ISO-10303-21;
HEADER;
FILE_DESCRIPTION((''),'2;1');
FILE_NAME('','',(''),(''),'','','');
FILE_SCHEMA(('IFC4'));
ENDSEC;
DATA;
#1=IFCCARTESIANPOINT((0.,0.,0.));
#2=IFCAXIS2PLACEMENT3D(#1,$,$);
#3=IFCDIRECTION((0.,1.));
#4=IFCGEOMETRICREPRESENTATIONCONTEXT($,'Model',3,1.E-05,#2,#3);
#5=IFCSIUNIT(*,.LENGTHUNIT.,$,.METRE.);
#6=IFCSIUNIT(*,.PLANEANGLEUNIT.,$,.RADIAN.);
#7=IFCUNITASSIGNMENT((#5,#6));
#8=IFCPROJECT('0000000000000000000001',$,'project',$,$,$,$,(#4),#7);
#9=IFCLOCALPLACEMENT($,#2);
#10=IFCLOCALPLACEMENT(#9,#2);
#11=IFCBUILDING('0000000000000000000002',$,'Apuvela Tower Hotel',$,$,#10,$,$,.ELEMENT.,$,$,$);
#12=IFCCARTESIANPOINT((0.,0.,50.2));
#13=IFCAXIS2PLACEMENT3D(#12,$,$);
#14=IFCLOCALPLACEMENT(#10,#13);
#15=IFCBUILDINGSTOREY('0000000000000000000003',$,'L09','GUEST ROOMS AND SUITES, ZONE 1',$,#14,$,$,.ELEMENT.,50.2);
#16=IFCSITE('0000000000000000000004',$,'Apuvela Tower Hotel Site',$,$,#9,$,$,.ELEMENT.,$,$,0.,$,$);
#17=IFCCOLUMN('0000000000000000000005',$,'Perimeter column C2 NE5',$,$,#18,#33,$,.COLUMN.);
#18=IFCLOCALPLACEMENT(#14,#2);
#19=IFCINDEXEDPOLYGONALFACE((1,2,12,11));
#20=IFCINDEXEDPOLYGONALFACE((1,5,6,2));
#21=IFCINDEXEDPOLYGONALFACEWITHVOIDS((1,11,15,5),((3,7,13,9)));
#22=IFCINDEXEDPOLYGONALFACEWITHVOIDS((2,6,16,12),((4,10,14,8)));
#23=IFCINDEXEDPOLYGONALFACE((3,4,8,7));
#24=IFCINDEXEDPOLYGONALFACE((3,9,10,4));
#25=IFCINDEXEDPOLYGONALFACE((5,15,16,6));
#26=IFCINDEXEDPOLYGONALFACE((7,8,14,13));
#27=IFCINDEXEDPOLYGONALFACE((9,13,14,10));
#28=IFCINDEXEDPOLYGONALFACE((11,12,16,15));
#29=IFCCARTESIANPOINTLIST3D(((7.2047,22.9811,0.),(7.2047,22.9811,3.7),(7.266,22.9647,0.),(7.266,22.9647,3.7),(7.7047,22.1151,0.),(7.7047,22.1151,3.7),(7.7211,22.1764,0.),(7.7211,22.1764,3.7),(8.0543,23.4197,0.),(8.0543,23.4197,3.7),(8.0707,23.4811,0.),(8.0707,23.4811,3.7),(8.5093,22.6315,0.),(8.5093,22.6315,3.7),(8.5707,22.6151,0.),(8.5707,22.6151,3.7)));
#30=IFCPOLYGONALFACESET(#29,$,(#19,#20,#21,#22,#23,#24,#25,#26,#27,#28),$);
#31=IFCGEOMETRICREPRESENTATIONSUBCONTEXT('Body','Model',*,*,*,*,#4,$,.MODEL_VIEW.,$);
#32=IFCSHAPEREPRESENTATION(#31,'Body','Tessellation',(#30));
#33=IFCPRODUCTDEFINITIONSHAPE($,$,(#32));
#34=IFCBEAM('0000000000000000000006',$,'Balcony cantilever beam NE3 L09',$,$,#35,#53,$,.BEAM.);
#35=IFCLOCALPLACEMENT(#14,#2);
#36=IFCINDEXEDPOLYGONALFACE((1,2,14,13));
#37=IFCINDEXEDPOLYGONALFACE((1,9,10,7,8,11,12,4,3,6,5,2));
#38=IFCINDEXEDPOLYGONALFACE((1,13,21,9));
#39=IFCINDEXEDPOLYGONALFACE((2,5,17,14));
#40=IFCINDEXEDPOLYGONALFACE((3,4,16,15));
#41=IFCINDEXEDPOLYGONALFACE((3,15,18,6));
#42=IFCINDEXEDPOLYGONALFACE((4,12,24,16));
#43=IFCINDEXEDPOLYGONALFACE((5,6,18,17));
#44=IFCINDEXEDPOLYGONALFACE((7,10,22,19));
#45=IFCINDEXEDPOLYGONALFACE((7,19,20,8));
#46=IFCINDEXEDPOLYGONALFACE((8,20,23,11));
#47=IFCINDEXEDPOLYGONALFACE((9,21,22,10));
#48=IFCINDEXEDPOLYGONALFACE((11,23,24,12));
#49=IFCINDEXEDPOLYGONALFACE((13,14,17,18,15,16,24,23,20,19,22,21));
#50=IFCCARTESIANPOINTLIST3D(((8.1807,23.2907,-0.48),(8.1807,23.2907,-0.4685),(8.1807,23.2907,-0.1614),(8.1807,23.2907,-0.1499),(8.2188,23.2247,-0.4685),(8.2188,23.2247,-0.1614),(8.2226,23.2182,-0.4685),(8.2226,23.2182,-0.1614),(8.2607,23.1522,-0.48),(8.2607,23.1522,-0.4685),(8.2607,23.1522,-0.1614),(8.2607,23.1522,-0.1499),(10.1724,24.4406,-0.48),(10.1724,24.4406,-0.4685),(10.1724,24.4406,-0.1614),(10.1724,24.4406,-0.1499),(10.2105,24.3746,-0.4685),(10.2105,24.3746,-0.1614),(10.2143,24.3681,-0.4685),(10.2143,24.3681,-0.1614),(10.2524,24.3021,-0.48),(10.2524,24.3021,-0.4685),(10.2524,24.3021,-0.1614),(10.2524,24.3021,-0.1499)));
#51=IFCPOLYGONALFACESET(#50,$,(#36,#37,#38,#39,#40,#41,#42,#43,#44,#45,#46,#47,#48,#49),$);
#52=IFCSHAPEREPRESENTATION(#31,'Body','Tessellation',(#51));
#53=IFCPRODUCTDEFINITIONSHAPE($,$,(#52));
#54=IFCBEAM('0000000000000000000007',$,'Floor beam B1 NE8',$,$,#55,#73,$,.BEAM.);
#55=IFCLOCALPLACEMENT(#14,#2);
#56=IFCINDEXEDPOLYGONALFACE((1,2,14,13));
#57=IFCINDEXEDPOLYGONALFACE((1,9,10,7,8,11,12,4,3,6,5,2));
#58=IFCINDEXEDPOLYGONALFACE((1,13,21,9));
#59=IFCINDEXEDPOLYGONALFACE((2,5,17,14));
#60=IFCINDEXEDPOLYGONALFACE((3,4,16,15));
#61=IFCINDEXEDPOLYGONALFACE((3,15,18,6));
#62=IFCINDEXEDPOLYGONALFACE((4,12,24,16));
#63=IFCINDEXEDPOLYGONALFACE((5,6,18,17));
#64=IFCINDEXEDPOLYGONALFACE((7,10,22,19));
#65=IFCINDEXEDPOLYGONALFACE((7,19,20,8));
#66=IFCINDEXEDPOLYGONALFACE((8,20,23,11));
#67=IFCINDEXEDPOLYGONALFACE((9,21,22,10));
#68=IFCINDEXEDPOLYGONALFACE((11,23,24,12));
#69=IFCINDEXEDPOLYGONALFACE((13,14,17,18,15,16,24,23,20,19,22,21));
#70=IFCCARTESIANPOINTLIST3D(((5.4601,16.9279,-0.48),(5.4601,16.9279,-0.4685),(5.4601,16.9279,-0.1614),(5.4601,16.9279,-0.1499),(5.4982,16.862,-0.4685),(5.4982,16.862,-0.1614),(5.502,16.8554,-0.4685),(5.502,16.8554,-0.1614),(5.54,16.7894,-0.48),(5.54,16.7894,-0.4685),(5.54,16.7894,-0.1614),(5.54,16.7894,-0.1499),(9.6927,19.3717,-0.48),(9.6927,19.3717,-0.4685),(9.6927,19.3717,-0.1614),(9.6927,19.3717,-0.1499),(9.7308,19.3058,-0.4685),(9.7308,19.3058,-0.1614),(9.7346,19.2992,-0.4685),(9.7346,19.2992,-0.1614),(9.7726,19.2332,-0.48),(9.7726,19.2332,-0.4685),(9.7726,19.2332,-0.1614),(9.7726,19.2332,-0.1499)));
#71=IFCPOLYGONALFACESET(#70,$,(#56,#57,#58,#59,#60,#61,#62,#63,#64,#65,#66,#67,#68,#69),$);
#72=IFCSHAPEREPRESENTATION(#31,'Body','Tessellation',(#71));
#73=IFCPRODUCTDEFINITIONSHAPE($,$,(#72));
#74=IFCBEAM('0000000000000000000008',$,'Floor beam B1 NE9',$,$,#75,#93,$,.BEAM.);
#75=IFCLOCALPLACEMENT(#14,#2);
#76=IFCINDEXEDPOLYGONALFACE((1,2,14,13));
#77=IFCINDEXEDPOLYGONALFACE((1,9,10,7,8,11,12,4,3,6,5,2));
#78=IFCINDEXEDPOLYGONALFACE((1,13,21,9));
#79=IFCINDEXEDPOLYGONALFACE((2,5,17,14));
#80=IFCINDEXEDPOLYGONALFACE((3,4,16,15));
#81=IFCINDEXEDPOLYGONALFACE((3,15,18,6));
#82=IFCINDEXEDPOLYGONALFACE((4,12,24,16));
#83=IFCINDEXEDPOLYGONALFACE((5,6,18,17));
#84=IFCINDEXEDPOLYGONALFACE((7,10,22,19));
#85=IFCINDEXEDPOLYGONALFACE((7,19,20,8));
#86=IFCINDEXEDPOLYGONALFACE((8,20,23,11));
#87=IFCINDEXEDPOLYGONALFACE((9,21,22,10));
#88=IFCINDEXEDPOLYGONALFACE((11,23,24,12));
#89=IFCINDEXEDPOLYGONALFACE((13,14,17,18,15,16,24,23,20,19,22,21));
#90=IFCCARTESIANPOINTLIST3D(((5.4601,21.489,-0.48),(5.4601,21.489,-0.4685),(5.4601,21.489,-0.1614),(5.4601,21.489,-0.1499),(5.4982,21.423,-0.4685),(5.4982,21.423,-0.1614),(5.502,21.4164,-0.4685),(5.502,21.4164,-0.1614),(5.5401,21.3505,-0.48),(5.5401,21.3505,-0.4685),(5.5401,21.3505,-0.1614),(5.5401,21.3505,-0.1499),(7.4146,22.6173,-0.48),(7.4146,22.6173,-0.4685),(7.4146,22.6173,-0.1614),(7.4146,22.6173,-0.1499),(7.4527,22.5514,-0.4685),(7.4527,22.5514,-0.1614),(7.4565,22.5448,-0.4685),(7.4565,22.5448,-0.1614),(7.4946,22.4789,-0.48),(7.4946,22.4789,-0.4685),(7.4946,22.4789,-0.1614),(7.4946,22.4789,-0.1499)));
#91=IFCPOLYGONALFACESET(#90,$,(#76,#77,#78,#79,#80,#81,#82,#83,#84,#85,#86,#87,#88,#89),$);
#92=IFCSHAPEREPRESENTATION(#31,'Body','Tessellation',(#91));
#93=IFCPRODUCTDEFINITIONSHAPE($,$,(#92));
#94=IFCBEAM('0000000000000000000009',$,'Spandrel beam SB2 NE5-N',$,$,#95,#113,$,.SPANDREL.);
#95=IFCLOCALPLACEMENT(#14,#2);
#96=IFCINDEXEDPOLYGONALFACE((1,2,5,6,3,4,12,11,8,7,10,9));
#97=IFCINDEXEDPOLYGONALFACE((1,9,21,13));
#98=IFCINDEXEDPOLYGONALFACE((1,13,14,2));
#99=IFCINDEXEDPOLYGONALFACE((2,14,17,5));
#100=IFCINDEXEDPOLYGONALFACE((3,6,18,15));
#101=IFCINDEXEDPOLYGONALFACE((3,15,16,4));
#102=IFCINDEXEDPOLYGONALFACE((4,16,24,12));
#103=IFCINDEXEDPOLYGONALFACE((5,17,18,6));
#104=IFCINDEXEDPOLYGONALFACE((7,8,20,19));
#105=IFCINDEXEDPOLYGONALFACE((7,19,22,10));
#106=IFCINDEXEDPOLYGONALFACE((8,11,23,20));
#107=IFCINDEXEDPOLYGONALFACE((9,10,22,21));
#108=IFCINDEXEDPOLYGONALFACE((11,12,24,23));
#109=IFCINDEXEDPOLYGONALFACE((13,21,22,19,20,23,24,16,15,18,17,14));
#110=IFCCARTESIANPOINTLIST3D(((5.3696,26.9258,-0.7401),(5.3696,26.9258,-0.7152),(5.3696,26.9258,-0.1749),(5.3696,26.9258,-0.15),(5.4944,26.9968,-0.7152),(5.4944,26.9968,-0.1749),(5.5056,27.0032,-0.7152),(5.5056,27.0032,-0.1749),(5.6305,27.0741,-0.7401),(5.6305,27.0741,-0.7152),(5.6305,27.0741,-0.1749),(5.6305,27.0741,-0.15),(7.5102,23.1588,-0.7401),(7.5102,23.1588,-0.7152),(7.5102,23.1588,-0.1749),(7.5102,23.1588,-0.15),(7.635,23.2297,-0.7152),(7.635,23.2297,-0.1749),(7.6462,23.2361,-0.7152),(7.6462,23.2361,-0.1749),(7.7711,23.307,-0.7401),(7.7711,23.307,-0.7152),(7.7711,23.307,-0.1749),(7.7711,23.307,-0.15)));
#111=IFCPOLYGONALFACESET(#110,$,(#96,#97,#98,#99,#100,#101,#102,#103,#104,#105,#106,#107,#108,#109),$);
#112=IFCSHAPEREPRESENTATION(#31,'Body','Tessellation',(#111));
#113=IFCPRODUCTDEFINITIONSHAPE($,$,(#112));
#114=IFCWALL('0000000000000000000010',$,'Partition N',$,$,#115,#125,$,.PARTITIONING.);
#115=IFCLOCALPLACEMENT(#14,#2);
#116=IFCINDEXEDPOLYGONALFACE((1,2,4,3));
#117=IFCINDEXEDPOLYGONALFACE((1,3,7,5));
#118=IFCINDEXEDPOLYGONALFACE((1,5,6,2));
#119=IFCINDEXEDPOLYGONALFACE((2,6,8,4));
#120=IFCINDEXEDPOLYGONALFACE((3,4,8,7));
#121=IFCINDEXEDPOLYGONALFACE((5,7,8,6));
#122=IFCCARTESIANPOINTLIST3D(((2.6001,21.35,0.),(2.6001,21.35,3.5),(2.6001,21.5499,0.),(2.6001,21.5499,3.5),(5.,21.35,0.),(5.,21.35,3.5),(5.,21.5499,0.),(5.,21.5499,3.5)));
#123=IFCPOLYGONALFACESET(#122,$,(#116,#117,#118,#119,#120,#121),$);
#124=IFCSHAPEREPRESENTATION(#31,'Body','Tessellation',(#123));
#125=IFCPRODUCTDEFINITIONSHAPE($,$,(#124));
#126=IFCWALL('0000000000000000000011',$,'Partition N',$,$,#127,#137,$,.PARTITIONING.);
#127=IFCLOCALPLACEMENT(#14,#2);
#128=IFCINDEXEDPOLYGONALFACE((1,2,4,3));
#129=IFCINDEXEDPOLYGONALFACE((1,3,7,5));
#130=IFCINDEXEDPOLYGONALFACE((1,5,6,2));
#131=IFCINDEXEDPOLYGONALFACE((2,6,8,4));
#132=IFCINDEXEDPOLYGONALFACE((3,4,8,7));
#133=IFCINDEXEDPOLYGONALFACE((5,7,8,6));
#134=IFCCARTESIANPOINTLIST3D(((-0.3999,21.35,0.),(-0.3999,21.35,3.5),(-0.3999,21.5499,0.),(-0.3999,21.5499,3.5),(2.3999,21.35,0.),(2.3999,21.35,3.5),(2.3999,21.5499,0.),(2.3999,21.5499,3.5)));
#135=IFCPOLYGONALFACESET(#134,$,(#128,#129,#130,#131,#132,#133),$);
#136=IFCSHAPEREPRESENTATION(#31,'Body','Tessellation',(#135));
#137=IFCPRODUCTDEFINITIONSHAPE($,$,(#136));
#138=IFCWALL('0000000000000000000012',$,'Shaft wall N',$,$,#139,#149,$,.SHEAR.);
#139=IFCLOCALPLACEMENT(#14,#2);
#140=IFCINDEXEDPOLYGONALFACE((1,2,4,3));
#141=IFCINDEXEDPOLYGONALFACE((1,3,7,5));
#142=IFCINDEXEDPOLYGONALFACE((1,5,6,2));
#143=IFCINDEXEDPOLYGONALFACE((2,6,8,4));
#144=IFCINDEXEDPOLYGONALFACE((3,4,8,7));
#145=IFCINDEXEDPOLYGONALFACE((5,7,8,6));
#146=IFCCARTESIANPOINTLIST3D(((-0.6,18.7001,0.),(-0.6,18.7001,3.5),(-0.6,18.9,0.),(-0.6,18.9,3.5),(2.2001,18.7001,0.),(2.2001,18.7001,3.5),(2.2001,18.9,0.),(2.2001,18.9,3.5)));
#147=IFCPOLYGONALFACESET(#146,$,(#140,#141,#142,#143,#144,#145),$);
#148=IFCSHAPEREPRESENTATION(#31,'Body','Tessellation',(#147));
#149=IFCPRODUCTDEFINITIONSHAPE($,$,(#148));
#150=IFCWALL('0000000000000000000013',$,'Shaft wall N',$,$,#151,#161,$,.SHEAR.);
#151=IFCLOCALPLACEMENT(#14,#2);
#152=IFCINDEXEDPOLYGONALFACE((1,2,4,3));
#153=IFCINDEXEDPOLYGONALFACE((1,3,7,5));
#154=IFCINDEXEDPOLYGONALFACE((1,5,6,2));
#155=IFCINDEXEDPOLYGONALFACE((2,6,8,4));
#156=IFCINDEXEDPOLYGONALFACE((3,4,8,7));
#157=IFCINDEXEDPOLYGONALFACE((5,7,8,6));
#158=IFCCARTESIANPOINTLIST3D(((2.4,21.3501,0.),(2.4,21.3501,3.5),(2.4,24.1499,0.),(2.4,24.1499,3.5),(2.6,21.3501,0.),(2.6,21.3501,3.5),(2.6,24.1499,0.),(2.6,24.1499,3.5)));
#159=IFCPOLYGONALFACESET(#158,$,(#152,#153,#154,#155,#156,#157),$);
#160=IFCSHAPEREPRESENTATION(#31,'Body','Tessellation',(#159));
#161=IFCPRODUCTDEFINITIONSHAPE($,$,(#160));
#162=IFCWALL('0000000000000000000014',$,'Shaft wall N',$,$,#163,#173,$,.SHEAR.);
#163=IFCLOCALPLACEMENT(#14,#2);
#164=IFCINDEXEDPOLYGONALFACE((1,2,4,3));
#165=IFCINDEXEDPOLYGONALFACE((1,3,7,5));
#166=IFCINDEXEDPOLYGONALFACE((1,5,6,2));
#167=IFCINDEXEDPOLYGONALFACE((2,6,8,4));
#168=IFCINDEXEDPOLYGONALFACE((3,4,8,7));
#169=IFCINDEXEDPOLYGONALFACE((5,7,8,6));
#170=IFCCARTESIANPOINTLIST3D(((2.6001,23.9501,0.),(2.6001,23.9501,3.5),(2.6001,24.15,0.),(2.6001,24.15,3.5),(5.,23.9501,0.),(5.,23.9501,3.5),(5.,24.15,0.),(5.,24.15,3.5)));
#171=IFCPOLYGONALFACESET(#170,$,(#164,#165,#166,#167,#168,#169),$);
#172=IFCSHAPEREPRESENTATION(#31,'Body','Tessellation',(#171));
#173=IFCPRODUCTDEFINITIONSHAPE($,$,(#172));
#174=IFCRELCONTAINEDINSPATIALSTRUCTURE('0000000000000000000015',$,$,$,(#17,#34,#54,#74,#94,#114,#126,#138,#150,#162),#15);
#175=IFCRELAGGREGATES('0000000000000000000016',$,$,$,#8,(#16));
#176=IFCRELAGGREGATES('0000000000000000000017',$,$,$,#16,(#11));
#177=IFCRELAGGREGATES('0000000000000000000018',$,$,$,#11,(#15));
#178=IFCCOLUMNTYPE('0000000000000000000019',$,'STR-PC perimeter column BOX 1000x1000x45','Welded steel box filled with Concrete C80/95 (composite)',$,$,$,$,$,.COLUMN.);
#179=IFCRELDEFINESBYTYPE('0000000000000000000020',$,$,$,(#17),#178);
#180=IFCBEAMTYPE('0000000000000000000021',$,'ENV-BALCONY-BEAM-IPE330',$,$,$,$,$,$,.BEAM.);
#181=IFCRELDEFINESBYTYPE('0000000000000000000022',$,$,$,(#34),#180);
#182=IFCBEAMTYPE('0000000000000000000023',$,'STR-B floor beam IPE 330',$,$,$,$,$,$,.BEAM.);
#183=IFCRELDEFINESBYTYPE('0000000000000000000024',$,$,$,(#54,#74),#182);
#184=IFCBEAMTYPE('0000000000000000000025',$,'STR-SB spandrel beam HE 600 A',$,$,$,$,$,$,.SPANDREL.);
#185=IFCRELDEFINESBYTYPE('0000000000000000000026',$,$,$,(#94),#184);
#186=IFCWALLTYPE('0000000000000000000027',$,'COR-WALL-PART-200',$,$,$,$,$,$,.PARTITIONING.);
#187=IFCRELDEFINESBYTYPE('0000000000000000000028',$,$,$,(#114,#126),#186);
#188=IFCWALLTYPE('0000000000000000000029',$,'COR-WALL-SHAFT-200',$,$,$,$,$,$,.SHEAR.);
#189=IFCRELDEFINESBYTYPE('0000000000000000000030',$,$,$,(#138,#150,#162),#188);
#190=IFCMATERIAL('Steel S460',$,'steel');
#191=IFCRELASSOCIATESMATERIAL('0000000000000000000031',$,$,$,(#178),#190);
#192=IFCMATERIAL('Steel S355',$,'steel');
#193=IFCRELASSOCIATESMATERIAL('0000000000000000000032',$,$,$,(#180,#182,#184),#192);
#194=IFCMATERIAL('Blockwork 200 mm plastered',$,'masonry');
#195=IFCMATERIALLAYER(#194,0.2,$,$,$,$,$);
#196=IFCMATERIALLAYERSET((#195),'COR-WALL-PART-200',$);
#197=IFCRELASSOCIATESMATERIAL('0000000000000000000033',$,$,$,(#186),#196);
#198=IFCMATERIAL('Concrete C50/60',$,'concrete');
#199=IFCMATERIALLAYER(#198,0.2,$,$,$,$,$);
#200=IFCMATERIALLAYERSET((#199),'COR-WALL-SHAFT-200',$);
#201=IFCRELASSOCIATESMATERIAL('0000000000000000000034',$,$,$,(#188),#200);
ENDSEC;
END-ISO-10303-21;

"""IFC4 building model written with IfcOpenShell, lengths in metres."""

from ifc_helpers import new_model, si_unit, direction, frame, frame_2d, origin, origin_2d, place, context, subcontext, project, spatial, rectangle, hollow_rectangle, i_section, extrude, material, layer, layer_set, material_profile, profile_set, type_object, element, save


model = new_model("IFC4")

# Units and contexts
model_context = context("Model", 3, precision=1e-05, world=origin(), true_north=direction((0.0, 1.0)))
body_context = subcontext(model_context, "Body", "Model", "MODEL_VIEW")
ifc_project = project(units=[si_unit("LENGTHUNIT", "METRE"), si_unit("PLANEANGLEUNIT", "RADIAN")], contexts=[model_context])

# Site, building, storey
site_placement = place(None, origin())
site = spatial("IfcSite", under=ifc_project, at=site_placement, Name="Apuvela Tower Hotel Site", CompositionType="ELEMENT", RefElevation=0.0)
building_placement = place(site_placement, origin())
building = spatial("IfcBuilding", under=site, at=building_placement, Name="Apuvela Tower Hotel", CompositionType="ELEMENT")
storey_placement = place(building_placement, frame((0.0, 0.0, 50.2)))
storey = spatial("IfcBuildingStorey", under=building, at=storey_placement, Name="L09", Description="GUEST ROOMS AND SUITES, ZONE 1", CompositionType="ELEMENT", Elevation=50.2)

# Column
ifc_material_1 = material(Name="Steel S460", Category="steel")
ifc_material_profile_1 = material_profile(ifc_material_1, hollow_rectangle(XDim=1.0, YDim=1.0, WallThickness=0.0449, at=origin_2d()), Name="BOX 1000x1000x45")
ifc_material_2 = material(Name="Concrete C80/95", Category="concrete")
ifc_material_profile_2 = material_profile(ifc_material_2, rectangle(XDim=0.9099, YDim=0.9099, at=origin_2d()), Name="Concrete C80/95 infill")
ifc_profile_set_1 = profile_set([ifc_material_profile_1, ifc_material_profile_2], Name="Steel S460")
column_type = type_object("IfcColumnType", Name="STR-PC perimeter column BOX 1000x1000x45", Description="Welded steel box filled with Concrete C80/95 (composite)", PredefinedType="COLUMN", material=ifc_profile_set_1)
column_placement = place(storey_placement, frame((7.8877, 22.7981, 0.0), z_axis=(0.0, 0.0, 1.0), x_axis=(-0.5, 0.866025, 0.0)))
element("IfcColumn", 1, at=column_placement, inside=storey, type_object=column_type, Name="Perimeter column C2 NE5", PredefinedType="COLUMN", context=body_context, shape_type="SweptSolid", body=[
    extrude(hollow_rectangle(XDim=1.0, YDim=1.0, WallThickness=0.0449, at=origin_2d()), origin(), (0.0, 0.0, 1.0), 3.7),
])

# Beams
ifc_material_3 = material(Name="Steel S355", Category="steel")
ifc_material_profile_3 = material_profile(ifc_material_3, i_section(OverallWidth=0.1599, OverallDepth=0.3301, WebThickness=0.0076, FlangeThickness=0.0115, at=origin_2d()), Name="IPE 330")
ifc_profile_set_2 = profile_set([ifc_material_profile_3], Name="Steel S355")
beam_type_1 = type_object("IfcBeamType", Name="ENV-BALCONY-BEAM-IPE330", PredefinedType="BEAM", material=ifc_profile_set_2)
beam_1_placement = place(storey_placement, frame((8.2207, 23.2214, -0.3149), z_axis=(0.866026, 0.499998, 0.0), x_axis=(-0.499998, 0.866026, 0.0)))
element("IfcBeam", 2, at=beam_1_placement, inside=storey, type_object=beam_type_1, Name="Balcony cantilever beam NE3 L09", PredefinedType="BEAM", context=body_context, shape_type="SweptSolid", body=[
    extrude(i_section(OverallWidth=0.1599, OverallDepth=0.3301, WebThickness=0.0076, FlangeThickness=0.0115, at=origin_2d()), origin(), (0.0, 0.0, 1.0), 2.2998),
])
ifc_material_profile_4 = material_profile(ifc_material_3, i_section(OverallWidth=0.1599, OverallDepth=0.3301, WebThickness=0.0076, FlangeThickness=0.0115, at=origin_2d()), Name="IPE 330")
ifc_profile_set_3 = profile_set([ifc_material_profile_4], Name="Steel S355")
beam_type_2 = type_object("IfcBeamType", Name="STR-B floor beam IPE 330", PredefinedType="BEAM", material=ifc_profile_set_3)
beam_2_placement = place(storey_placement, frame((9.7327, 19.3025, -0.3149), z_axis=(-0.866015, -0.500018, 0.0), x_axis=(0.500018, -0.866015, 0.0)))
element("IfcBeam", 3, at=beam_2_placement, inside=storey, type_object=beam_type_2, Name="Floor beam B1 NE8", PredefinedType="BEAM", context=body_context, shape_type="SweptSolid", body=[
    extrude(i_section(OverallWidth=0.1599, OverallDepth=0.3301, WebThickness=0.0076, FlangeThickness=0.0115, at=origin_2d()), origin(), (0.0, 0.0, 1.0), 4.8875),
])
beam_3_placement = place(storey_placement, frame((7.4546, 22.5481, -0.3149), z_axis=(-0.866038, -0.499978, 0.0), x_axis=(0.499978, -0.866038, 0.0)))
element("IfcBeam", 4, at=beam_3_placement, inside=storey, type_object=beam_type_2, Name="Floor beam B1 NE9", PredefinedType="BEAM", context=body_context, shape_type="SweptSolid", body=[
    extrude(i_section(OverallWidth=0.1599, OverallDepth=0.3301, WebThickness=0.0076, FlangeThickness=0.0115, at=origin_2d()), origin(), (0.0, 0.0, 1.0), 2.2568),
])
ifc_material_profile_5 = material_profile(ifc_material_3, i_section(OverallWidth=0.3, OverallDepth=0.5901, WebThickness=0.0129, FlangeThickness=0.0249, at=origin_2d()), Name="HE 600 A")
ifc_profile_set_4 = profile_set([ifc_material_profile_5], Name="Steel S355")
beam_type_3 = type_object("IfcBeamType", Name="STR-SB spandrel beam HE 600 A", PredefinedType="SPANDREL", material=ifc_profile_set_4)
beam_4_placement = place(storey_placement, frame((7.6406, 23.2329, -0.4451), z_axis=(-0.49405, 0.869433, 0.0), x_axis=(-0.869433, -0.49405, 0.0)))
element("IfcBeam", 5, at=beam_4_placement, inside=storey, type_object=beam_type_3, Name="Spandrel beam SB2 NE5-N", PredefinedType="SPANDREL", context=body_context, shape_type="SweptSolid", body=[
    extrude(i_section(OverallWidth=0.3, OverallDepth=0.5901, WebThickness=0.0129, FlangeThickness=0.0249, at=origin_2d()), origin(), (0.0, 0.0, 1.0), 4.3328),
])

# Walls
ifc_material_4 = material(Name="Blockwork 200 mm plastered", Category="masonry")
ifc_layer_1 = layer(ifc_material_4, 0.2)
ifc_layer_set_1 = layer_set([ifc_layer_1], Name="COR-WALL-PART-200")
wall_type_1 = type_object("IfcWallType", Name="COR-WALL-PART-200", PredefinedType="PARTITIONING", material=ifc_layer_set_1)
wall_1_placement = place(storey_placement, frame((5.0, 21.45, 0.0), z_axis=(0.0, 0.0, 1.0), x_axis=(-1.0, 0.0, 0.0)))
element("IfcWall", 6, at=wall_1_placement, inside=storey, type_object=wall_type_1, Name="Partition N", PredefinedType="PARTITIONING", context=body_context, shape_type="SweptSolid", body=[
    extrude(rectangle(XDim=2.3999, YDim=0.2, at=frame_2d((1.2, 0.0))), origin(), (0.0, 0.0, 1.0), 3.5),
])
wall_2_placement = place(storey_placement, frame((2.3999, 21.45, 0.0), z_axis=(0.0, 0.0, 1.0), x_axis=(-1.0, 0.0, 0.0)))
element("IfcWall", 7, at=wall_2_placement, inside=storey, type_object=wall_type_1, Name="Partition N", PredefinedType="PARTITIONING", context=body_context, shape_type="SweptSolid", body=[
    extrude(rectangle(XDim=2.7998, YDim=0.2, at=frame_2d((1.3999, 0.0))), origin(), (0.0, 0.0, 1.0), 3.5),
])
ifc_material_5 = material(Name="Concrete C50/60", Category="concrete")
ifc_layer_2 = layer(ifc_material_5, 0.2)
ifc_layer_set_2 = layer_set([ifc_layer_2], Name="COR-WALL-SHAFT-200")
wall_type_2 = type_object("IfcWallType", Name="COR-WALL-SHAFT-200", PredefinedType="SHEAR", material=ifc_layer_set_2)
wall_3_placement = place(storey_placement, frame((2.2, 18.8, 0.0), z_axis=(0.0, 0.0, 1.0), x_axis=(-1.0, 0.0, 0.0)))
element("IfcWall", 8, at=wall_3_placement, inside=storey, type_object=wall_type_2, Name="Shaft wall N", PredefinedType="SHEAR", context=body_context, shape_type="SweptSolid", body=[
    extrude(rectangle(XDim=2.8, YDim=0.2, at=frame_2d((1.3999, 0.0))), origin(), (0.0, 0.0, 1.0), 3.5),
])
wall_4_placement = place(storey_placement, frame((2.5, 21.3501, 0.0), z_axis=(0.0, 0.0, 1.0), x_axis=(0.0, 1.0, 0.0)))
element("IfcWall", 9, at=wall_4_placement, inside=storey, type_object=wall_type_2, Name="Shaft wall N", PredefinedType="SHEAR", context=body_context, shape_type="SweptSolid", body=[
    extrude(rectangle(XDim=2.7998, YDim=0.2, at=frame_2d((1.3999, 0.0))), origin(), (0.0, 0.0, 1.0), 3.5),
])
wall_5_placement = place(storey_placement, frame((5.0, 24.05, 0.0), z_axis=(0.0, 0.0, 1.0), x_axis=(-1.0, 0.0, 0.0)))
element("IfcWall", 10, at=wall_5_placement, inside=storey, type_object=wall_type_2, Name="Shaft wall N", PredefinedType="SHEAR", context=body_context, shape_type="SweptSolid", body=[
    extrude(rectangle(XDim=2.3999, YDim=0.2, at=frame_2d((1.2, 0.0))), origin(), (0.0, 0.0, 1.0), 3.5),
])

save(model, "model.ifc")
